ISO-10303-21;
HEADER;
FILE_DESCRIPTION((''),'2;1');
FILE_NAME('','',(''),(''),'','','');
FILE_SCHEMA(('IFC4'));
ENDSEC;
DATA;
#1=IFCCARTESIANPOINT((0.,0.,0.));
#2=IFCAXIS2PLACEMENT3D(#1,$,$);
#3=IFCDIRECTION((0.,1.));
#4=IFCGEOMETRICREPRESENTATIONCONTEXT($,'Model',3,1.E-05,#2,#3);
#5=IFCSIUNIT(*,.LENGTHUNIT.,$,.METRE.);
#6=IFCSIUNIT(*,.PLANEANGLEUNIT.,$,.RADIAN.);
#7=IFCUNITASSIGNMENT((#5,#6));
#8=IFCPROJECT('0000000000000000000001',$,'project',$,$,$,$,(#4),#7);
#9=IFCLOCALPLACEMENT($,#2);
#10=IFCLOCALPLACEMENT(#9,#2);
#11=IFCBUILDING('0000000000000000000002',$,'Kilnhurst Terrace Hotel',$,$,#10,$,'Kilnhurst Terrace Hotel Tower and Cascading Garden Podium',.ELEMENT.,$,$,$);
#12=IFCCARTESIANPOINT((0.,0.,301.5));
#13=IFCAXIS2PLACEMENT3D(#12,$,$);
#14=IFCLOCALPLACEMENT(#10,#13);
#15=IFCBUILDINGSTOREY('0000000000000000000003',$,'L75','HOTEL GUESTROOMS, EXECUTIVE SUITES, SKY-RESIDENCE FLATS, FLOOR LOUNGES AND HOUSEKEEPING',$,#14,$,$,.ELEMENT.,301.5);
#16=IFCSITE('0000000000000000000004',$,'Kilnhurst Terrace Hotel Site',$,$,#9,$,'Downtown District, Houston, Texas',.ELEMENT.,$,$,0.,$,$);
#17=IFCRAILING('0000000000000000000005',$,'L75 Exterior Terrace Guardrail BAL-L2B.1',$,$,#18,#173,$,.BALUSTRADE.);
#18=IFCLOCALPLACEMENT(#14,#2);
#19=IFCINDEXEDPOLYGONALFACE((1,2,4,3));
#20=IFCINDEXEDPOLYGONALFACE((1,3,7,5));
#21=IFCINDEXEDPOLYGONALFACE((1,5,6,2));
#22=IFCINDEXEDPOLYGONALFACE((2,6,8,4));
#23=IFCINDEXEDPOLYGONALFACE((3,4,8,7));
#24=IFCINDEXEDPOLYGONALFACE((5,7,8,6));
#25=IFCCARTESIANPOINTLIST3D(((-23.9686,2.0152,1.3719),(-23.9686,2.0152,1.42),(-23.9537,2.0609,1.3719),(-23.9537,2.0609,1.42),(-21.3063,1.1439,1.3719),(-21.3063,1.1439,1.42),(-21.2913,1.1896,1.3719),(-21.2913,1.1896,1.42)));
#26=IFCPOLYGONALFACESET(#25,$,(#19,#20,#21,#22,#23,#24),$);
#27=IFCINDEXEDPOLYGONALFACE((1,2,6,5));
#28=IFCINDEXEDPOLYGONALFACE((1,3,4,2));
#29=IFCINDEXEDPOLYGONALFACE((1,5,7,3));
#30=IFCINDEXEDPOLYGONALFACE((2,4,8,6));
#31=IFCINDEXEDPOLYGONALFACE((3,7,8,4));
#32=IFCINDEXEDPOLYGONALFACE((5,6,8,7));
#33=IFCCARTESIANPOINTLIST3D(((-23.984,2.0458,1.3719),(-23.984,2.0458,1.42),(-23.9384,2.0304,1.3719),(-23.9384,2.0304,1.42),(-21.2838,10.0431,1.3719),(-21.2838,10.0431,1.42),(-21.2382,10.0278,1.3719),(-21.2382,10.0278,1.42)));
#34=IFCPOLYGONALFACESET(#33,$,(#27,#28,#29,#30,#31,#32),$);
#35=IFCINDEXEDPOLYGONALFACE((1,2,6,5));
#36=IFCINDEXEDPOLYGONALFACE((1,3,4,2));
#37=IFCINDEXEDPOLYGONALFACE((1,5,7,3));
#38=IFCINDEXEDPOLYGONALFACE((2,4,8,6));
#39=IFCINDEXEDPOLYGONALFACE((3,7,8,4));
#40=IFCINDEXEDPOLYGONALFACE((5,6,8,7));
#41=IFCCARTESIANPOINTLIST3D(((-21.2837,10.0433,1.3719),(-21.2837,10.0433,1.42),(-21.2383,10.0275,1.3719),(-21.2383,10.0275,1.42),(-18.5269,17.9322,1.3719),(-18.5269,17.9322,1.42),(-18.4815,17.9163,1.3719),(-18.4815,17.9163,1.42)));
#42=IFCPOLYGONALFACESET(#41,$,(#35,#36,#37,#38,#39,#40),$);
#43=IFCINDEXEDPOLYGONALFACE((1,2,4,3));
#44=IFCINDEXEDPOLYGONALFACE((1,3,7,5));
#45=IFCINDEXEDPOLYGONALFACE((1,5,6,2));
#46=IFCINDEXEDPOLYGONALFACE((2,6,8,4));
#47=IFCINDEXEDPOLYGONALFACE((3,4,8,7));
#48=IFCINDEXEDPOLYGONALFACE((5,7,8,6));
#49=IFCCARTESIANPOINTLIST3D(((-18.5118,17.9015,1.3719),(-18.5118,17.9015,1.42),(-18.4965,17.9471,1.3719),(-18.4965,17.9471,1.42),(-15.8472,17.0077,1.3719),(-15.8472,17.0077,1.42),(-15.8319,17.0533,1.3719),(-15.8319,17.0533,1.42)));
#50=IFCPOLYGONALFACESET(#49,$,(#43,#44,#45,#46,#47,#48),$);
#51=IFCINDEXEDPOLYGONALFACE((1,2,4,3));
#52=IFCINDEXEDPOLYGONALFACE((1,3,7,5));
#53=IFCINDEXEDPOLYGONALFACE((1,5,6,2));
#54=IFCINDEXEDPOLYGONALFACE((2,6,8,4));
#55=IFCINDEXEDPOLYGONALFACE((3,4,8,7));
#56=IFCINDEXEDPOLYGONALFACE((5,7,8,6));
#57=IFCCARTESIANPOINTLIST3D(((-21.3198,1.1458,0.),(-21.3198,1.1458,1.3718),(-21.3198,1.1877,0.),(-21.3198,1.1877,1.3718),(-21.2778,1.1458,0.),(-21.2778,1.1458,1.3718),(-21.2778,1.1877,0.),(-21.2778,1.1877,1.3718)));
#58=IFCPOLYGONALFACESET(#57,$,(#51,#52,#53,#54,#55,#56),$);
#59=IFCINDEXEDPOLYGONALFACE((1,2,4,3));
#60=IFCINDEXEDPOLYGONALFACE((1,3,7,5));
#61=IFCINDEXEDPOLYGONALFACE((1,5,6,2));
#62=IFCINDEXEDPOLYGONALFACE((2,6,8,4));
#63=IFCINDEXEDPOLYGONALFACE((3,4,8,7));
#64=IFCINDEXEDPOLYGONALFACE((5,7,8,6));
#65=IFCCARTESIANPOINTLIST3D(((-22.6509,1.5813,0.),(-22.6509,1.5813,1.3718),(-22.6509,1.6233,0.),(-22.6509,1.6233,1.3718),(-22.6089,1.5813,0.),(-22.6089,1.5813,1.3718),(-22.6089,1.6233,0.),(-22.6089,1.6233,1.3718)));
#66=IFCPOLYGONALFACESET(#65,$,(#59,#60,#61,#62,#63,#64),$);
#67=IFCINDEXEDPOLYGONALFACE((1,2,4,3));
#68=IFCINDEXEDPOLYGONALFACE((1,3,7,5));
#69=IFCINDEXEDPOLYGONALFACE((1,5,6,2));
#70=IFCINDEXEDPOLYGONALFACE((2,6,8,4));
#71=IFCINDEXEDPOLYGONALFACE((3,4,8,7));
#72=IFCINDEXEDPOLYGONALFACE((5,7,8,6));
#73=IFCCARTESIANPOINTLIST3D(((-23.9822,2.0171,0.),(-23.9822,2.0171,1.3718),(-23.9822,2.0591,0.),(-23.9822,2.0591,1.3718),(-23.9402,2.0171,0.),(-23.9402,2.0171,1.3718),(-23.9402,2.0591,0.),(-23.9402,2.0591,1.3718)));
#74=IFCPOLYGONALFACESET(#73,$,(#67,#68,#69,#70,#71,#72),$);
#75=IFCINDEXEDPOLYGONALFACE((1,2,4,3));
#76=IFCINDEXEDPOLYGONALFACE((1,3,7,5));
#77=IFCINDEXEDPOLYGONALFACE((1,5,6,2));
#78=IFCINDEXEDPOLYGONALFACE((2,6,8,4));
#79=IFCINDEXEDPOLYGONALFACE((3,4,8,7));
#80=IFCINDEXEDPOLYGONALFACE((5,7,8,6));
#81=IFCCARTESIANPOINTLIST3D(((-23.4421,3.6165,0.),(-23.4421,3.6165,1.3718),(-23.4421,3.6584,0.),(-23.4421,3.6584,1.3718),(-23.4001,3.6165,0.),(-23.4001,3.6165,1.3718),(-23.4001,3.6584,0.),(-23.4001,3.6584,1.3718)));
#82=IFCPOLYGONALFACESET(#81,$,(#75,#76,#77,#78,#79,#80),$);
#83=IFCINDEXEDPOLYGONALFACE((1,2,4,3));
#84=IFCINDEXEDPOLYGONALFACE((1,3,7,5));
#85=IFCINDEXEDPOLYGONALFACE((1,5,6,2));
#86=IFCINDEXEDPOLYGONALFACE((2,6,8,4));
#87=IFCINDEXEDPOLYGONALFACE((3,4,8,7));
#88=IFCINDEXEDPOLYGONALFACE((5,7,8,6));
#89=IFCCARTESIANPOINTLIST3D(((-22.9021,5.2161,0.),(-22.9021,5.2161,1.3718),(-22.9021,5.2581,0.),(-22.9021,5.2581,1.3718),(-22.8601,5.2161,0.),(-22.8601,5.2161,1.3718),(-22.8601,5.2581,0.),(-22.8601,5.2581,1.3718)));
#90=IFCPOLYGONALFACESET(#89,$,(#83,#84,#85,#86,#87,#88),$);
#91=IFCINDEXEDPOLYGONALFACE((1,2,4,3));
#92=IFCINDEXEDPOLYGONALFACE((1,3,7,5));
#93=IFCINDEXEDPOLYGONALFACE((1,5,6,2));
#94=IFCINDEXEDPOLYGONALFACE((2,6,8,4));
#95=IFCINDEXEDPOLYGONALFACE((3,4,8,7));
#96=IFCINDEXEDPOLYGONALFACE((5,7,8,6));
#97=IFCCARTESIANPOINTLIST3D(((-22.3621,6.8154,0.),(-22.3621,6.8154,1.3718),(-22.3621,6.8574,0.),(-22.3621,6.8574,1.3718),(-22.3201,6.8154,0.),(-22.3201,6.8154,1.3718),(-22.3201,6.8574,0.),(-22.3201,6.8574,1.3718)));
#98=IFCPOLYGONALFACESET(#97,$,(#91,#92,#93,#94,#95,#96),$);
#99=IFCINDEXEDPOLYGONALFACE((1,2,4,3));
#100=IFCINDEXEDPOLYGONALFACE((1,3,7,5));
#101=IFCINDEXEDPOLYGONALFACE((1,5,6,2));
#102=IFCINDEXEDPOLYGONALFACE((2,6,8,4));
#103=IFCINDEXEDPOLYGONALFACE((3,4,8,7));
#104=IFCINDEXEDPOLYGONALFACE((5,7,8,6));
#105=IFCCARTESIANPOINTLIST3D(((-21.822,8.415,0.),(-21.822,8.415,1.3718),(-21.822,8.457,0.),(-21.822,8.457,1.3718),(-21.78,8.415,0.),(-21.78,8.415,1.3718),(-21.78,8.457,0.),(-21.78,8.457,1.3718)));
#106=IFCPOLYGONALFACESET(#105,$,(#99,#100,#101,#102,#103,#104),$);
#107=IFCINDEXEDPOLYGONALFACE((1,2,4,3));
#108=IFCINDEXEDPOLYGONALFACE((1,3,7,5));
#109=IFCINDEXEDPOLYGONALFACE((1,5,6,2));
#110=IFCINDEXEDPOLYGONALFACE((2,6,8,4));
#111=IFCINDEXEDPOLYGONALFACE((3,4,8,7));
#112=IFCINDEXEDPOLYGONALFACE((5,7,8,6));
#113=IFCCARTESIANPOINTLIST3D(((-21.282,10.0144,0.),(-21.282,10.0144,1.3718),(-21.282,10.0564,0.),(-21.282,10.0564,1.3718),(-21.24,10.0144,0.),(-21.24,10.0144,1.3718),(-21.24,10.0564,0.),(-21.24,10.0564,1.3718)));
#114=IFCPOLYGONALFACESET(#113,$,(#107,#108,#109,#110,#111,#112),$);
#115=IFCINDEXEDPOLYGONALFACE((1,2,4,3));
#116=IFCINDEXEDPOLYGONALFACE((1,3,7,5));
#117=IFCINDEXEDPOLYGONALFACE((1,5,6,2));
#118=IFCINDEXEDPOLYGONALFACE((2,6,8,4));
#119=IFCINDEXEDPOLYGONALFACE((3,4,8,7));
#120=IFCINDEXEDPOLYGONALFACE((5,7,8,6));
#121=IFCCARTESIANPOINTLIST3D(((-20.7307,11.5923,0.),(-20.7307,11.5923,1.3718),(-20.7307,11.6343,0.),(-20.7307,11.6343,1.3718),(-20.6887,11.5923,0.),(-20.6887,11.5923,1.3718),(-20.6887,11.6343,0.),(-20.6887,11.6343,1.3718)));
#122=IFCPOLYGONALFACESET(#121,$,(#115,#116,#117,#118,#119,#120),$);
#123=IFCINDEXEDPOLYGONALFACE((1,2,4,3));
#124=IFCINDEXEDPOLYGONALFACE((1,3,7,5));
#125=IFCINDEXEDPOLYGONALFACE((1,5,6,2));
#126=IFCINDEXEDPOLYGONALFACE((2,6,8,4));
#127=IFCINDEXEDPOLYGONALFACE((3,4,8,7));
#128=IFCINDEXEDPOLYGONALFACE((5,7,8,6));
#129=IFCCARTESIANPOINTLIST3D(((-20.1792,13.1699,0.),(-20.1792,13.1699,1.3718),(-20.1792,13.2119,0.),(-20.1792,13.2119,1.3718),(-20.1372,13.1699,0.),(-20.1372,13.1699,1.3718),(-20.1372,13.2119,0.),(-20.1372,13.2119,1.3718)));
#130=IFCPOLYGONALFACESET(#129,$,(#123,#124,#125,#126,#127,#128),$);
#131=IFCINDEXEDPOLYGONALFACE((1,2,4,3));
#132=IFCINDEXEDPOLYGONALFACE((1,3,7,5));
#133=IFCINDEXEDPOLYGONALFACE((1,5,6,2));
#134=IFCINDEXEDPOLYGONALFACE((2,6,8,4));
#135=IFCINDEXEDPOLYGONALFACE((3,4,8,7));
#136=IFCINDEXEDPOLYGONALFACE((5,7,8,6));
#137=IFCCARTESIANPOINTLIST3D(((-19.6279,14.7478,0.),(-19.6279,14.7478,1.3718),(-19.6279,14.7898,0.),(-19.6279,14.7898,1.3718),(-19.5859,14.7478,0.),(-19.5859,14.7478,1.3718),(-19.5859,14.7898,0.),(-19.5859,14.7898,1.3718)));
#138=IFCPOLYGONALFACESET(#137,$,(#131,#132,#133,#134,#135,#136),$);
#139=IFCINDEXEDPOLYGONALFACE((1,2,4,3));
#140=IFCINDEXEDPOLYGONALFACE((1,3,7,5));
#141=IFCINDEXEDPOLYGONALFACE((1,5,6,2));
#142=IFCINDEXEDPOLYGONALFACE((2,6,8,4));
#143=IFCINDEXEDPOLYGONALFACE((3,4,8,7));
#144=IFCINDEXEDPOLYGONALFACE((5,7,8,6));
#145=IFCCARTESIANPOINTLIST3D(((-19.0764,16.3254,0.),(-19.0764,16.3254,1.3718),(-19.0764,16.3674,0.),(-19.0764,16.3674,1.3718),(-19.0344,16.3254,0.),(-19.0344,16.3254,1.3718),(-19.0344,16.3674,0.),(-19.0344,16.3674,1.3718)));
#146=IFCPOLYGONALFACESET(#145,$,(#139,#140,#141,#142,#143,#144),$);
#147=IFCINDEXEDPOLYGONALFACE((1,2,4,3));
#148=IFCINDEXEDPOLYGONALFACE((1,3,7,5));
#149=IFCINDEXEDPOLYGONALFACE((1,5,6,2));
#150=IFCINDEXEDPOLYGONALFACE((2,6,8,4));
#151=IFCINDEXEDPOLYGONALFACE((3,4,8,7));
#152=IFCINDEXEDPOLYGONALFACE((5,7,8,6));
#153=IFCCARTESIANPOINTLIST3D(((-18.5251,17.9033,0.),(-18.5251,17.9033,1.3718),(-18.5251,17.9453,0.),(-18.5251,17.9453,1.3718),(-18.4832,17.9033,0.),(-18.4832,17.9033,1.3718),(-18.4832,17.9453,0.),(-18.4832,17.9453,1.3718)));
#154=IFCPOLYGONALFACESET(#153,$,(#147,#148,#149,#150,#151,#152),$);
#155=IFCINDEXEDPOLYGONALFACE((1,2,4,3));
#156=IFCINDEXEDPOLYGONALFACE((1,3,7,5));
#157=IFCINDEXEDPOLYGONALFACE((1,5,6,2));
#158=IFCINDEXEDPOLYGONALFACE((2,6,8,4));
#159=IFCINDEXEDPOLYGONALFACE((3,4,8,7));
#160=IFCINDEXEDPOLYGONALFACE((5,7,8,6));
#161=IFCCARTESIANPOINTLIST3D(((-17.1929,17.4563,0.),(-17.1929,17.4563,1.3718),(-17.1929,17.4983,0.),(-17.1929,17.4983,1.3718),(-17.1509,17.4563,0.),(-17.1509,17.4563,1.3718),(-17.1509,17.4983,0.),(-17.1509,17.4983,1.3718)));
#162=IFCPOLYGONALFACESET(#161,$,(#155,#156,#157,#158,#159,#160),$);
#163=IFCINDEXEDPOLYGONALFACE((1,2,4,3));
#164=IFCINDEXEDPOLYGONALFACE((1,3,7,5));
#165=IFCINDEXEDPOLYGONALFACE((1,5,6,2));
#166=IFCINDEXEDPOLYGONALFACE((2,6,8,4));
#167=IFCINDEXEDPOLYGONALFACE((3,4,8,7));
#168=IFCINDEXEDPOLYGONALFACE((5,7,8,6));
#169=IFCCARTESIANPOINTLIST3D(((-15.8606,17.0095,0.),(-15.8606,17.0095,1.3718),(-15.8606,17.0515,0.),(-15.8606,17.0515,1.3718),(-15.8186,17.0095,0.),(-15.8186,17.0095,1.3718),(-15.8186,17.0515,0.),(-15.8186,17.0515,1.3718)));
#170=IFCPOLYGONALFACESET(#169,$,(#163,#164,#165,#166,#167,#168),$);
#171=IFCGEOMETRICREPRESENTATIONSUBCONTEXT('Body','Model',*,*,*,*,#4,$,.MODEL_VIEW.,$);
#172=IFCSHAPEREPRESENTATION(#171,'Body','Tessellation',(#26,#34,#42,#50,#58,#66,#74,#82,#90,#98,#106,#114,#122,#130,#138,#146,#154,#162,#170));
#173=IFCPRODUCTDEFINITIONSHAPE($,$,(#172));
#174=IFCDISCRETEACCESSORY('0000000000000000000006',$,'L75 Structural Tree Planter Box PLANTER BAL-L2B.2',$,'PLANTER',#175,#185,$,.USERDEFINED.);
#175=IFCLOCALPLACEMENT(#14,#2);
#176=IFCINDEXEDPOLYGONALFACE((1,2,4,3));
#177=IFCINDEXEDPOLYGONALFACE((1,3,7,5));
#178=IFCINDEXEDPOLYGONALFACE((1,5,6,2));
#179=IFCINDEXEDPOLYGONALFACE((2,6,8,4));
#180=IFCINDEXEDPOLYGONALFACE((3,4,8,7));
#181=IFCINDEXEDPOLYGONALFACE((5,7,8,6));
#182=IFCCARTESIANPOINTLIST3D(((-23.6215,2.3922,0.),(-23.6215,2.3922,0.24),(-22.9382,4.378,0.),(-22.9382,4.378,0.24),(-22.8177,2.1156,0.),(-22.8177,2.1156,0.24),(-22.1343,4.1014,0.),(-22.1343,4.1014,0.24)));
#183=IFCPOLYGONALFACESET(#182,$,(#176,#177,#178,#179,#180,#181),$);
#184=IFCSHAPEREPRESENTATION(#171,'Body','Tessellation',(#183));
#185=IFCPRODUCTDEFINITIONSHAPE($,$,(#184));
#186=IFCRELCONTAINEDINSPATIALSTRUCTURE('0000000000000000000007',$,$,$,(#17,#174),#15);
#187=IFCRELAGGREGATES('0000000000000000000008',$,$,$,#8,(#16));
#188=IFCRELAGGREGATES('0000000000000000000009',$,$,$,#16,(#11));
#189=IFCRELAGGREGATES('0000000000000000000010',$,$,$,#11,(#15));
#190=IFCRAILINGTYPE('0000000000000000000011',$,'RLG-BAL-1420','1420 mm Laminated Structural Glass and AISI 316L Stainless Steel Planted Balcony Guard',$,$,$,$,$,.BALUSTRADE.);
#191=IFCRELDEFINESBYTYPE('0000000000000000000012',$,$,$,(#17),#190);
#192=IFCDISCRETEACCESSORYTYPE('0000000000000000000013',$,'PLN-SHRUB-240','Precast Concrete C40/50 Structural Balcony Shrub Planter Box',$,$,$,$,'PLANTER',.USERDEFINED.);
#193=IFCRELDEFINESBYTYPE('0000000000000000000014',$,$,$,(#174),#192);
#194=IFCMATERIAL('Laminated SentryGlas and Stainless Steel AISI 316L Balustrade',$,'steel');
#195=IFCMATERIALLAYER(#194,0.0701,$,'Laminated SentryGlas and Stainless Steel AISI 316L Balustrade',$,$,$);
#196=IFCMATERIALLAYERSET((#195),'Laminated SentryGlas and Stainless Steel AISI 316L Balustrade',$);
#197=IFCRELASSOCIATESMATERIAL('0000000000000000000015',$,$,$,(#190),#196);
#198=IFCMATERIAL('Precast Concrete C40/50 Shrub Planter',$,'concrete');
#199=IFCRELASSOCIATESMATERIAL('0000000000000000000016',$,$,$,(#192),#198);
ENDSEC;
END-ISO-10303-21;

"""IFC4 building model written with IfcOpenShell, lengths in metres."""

from ifc_helpers import new_model, si_unit, direction, frame, origin, origin_2d, place, context, subcontext, project, spatial, rectangle, extrude, material, layer, layer_set, type_object, element, save


model = new_model("IFC4")

# Units and contexts
model_context = context("Model", 3, precision=1e-05, world=origin(), true_north=direction((0.0, 1.0)))
body_context = subcontext(model_context, "Body", "Model", "MODEL_VIEW")
ifc_project = project(units=[si_unit("LENGTHUNIT", "METRE"), si_unit("PLANEANGLEUNIT", "RADIAN")], contexts=[model_context])

# Site, building, storey
site_placement = place(None, origin())
site = spatial("IfcSite", under=ifc_project, at=site_placement, Name="Kilnhurst Terrace Hotel Site", LongName="Downtown District, Houston, Texas", CompositionType="ELEMENT", RefElevation=0.0)
building_placement = place(site_placement, origin())
building = spatial("IfcBuilding", under=site, at=building_placement, Name="Kilnhurst Terrace Hotel", LongName="Kilnhurst Terrace Hotel Tower and Cascading Garden Podium", CompositionType="ELEMENT")
storey_placement = place(building_placement, frame((0.0, 0.0, 301.5)))
storey = spatial("IfcBuildingStorey", under=building, at=storey_placement, Name="L75", Description="HOTEL GUESTROOMS, EXECUTIVE SUITES, SKY-RESIDENCE FLATS, FLOOR LOUNGES AND HOUSEKEEPING", CompositionType="ELEMENT", Elevation=301.5)

# Railing
ifc_material_1 = material(Name="Laminated SentryGlas and Stainless Steel AISI 316L Balustrade", Category="steel")
ifc_layer_1 = layer(ifc_material_1, 0.0701, Name="Laminated SentryGlas and Stainless Steel AISI 316L Balustrade")
ifc_layer_set_1 = layer_set([ifc_layer_1], Name="Laminated SentryGlas and Stainless Steel AISI 316L Balustrade")
railing_type = type_object("IfcRailingType", Name="RLG-BAL-1420", Description="1420 mm Laminated Structural Glass and AISI 316L Stainless Steel Planted Balcony Guard", PredefinedType="BALUSTRADE", material=ifc_layer_set_1)
railing_placement = place(storey_placement, frame((-21.2988, 1.1667, 0.0)))
element("IfcRailing", 1, at=railing_placement, inside=storey, type_object=railing_type, Name="L75 Exterior Terrace Guardrail BAL-L2B.1", PredefinedType="BALUSTRADE", context=body_context, shape_type="SweptSolid", body=[
    extrude(rectangle(XDim=0.0481, YDim=0.0481, at=origin_2d()), frame((0.0, 0.0, 1.396), z_axis=(-0.950395, 0.311046, 0.0), x_axis=(-0.311046, -0.950395, 0.0)), (0.0, 0.0, 1.0), 2.8013),
    extrude(rectangle(XDim=0.0481, YDim=0.0481, at=origin_2d()), frame((-2.6624, 0.8713, 1.396), z_axis=(0.319896, 0.947453, 0.0), x_axis=(-0.947453, 0.319896, 0.0)), (0.0, 0.0, 1.0), 8.4409),
    extrude(rectangle(XDim=0.0481, YDim=0.0481, at=origin_2d()), frame((0.0378, 8.8687, 1.396), z_axis=(0.329894, 0.944018, 0.0), x_axis=(-0.944018, 0.329894, 0.0)), (0.0, 0.0, 1.0), 8.3567),
    extrude(rectangle(XDim=0.0481, YDim=0.0481, at=origin_2d()), frame((2.7947, 16.7576, 1.396), z_axis=(0.948082, -0.318025, 0.0), x_axis=(0.318025, 0.948082, 0.0)), (0.0, 0.0, 1.0), 2.8105),
    extrude(rectangle(XDim=0.042, YDim=0.042, at=origin_2d()), origin(), (0.0, 0.0, 1.0), 1.3718),
    extrude(rectangle(XDim=0.042, YDim=0.042, at=origin_2d()), frame((-1.3311, 0.4355, 0.0)), (0.0, 0.0, 1.0), 1.3718),
    extrude(rectangle(XDim=0.042, YDim=0.042, at=origin_2d()), frame((-2.6624, 0.8713, 0.0)), (0.0, 0.0, 1.0), 1.3718),
    extrude(rectangle(XDim=0.042, YDim=0.042, at=origin_2d()), frame((-2.1223, 2.4707, 0.0)), (0.0, 0.0, 1.0), 1.3718),
    extrude(rectangle(XDim=0.042, YDim=0.042, at=origin_2d()), frame((-1.5823, 4.0703, 0.0)), (0.0, 0.0, 1.0), 1.3718),
    extrude(rectangle(XDim=0.042, YDim=0.042, at=origin_2d()), frame((-1.0422, 5.6697, 0.0)), (0.0, 0.0, 1.0), 1.3718),
    extrude(rectangle(XDim=0.042, YDim=0.042, at=origin_2d()), frame((-0.5022, 7.2693, 0.0)), (0.0, 0.0, 1.0), 1.3718),
    extrude(rectangle(XDim=0.042, YDim=0.042, at=origin_2d()), frame((0.0378, 8.8687, 0.0)), (0.0, 0.0, 1.0), 1.3718),
    extrude(rectangle(XDim=0.042, YDim=0.042, at=origin_2d()), frame((0.5891, 10.4465, 0.0)), (0.0, 0.0, 1.0), 1.3718),
    extrude(rectangle(XDim=0.042, YDim=0.042, at=origin_2d()), frame((1.1406, 12.0242, 0.0)), (0.0, 0.0, 1.0), 1.3718),
    extrude(rectangle(XDim=0.042, YDim=0.042, at=origin_2d()), frame((1.6919, 13.6021, 0.0)), (0.0, 0.0, 1.0), 1.3718),
    extrude(rectangle(XDim=0.042, YDim=0.042, at=origin_2d()), frame((2.2434, 15.1797, 0.0)), (0.0, 0.0, 1.0), 1.3718),
    extrude(rectangle(XDim=0.042, YDim=0.042, at=origin_2d()), frame((2.7947, 16.7576, 0.0)), (0.0, 0.0, 1.0), 1.3718),
    extrude(rectangle(XDim=0.042, YDim=0.042, at=origin_2d()), frame((4.127, 16.3105, 0.0)), (0.0, 0.0, 1.0), 1.3718),
    extrude(rectangle(XDim=0.042, YDim=0.042, at=origin_2d()), frame((5.4592, 15.8638, 0.0)), (0.0, 0.0, 1.0), 1.3718),
])

# Discrete accessory
ifc_material_2 = material(Name="Precast Concrete C40/50 Shrub Planter", Category="concrete")
discrete_accessory_type = type_object("IfcDiscreteAccessoryType", Name="PLN-SHRUB-240", Description="Precast Concrete C40/50 Structural Balcony Shrub Planter Box", ElementType="PLANTER", PredefinedType="USERDEFINED", material=ifc_material_2)
discrete_accessory_placement = place(storey_placement, frame((-22.8779, 3.2468, 0.0), z_axis=(0.0, 0.0, 1.0), x_axis=(-0.325403, -0.945575, 0.0)))
element("IfcDiscreteAccessory", 2, at=discrete_accessory_placement, inside=storey, type_object=discrete_accessory_type, Name="L75 Structural Tree Planter Box PLANTER BAL-L2B.2", ObjectType="PLANTER", PredefinedType="USERDEFINED", context=body_context, shape_type="SweptSolid", body=[
    extrude(rectangle(XDim=2.1001, YDim=0.8501, at=origin_2d()), origin(), (0.0, 0.0, 1.0), 0.24),
])

save(model, "model.ifc")
